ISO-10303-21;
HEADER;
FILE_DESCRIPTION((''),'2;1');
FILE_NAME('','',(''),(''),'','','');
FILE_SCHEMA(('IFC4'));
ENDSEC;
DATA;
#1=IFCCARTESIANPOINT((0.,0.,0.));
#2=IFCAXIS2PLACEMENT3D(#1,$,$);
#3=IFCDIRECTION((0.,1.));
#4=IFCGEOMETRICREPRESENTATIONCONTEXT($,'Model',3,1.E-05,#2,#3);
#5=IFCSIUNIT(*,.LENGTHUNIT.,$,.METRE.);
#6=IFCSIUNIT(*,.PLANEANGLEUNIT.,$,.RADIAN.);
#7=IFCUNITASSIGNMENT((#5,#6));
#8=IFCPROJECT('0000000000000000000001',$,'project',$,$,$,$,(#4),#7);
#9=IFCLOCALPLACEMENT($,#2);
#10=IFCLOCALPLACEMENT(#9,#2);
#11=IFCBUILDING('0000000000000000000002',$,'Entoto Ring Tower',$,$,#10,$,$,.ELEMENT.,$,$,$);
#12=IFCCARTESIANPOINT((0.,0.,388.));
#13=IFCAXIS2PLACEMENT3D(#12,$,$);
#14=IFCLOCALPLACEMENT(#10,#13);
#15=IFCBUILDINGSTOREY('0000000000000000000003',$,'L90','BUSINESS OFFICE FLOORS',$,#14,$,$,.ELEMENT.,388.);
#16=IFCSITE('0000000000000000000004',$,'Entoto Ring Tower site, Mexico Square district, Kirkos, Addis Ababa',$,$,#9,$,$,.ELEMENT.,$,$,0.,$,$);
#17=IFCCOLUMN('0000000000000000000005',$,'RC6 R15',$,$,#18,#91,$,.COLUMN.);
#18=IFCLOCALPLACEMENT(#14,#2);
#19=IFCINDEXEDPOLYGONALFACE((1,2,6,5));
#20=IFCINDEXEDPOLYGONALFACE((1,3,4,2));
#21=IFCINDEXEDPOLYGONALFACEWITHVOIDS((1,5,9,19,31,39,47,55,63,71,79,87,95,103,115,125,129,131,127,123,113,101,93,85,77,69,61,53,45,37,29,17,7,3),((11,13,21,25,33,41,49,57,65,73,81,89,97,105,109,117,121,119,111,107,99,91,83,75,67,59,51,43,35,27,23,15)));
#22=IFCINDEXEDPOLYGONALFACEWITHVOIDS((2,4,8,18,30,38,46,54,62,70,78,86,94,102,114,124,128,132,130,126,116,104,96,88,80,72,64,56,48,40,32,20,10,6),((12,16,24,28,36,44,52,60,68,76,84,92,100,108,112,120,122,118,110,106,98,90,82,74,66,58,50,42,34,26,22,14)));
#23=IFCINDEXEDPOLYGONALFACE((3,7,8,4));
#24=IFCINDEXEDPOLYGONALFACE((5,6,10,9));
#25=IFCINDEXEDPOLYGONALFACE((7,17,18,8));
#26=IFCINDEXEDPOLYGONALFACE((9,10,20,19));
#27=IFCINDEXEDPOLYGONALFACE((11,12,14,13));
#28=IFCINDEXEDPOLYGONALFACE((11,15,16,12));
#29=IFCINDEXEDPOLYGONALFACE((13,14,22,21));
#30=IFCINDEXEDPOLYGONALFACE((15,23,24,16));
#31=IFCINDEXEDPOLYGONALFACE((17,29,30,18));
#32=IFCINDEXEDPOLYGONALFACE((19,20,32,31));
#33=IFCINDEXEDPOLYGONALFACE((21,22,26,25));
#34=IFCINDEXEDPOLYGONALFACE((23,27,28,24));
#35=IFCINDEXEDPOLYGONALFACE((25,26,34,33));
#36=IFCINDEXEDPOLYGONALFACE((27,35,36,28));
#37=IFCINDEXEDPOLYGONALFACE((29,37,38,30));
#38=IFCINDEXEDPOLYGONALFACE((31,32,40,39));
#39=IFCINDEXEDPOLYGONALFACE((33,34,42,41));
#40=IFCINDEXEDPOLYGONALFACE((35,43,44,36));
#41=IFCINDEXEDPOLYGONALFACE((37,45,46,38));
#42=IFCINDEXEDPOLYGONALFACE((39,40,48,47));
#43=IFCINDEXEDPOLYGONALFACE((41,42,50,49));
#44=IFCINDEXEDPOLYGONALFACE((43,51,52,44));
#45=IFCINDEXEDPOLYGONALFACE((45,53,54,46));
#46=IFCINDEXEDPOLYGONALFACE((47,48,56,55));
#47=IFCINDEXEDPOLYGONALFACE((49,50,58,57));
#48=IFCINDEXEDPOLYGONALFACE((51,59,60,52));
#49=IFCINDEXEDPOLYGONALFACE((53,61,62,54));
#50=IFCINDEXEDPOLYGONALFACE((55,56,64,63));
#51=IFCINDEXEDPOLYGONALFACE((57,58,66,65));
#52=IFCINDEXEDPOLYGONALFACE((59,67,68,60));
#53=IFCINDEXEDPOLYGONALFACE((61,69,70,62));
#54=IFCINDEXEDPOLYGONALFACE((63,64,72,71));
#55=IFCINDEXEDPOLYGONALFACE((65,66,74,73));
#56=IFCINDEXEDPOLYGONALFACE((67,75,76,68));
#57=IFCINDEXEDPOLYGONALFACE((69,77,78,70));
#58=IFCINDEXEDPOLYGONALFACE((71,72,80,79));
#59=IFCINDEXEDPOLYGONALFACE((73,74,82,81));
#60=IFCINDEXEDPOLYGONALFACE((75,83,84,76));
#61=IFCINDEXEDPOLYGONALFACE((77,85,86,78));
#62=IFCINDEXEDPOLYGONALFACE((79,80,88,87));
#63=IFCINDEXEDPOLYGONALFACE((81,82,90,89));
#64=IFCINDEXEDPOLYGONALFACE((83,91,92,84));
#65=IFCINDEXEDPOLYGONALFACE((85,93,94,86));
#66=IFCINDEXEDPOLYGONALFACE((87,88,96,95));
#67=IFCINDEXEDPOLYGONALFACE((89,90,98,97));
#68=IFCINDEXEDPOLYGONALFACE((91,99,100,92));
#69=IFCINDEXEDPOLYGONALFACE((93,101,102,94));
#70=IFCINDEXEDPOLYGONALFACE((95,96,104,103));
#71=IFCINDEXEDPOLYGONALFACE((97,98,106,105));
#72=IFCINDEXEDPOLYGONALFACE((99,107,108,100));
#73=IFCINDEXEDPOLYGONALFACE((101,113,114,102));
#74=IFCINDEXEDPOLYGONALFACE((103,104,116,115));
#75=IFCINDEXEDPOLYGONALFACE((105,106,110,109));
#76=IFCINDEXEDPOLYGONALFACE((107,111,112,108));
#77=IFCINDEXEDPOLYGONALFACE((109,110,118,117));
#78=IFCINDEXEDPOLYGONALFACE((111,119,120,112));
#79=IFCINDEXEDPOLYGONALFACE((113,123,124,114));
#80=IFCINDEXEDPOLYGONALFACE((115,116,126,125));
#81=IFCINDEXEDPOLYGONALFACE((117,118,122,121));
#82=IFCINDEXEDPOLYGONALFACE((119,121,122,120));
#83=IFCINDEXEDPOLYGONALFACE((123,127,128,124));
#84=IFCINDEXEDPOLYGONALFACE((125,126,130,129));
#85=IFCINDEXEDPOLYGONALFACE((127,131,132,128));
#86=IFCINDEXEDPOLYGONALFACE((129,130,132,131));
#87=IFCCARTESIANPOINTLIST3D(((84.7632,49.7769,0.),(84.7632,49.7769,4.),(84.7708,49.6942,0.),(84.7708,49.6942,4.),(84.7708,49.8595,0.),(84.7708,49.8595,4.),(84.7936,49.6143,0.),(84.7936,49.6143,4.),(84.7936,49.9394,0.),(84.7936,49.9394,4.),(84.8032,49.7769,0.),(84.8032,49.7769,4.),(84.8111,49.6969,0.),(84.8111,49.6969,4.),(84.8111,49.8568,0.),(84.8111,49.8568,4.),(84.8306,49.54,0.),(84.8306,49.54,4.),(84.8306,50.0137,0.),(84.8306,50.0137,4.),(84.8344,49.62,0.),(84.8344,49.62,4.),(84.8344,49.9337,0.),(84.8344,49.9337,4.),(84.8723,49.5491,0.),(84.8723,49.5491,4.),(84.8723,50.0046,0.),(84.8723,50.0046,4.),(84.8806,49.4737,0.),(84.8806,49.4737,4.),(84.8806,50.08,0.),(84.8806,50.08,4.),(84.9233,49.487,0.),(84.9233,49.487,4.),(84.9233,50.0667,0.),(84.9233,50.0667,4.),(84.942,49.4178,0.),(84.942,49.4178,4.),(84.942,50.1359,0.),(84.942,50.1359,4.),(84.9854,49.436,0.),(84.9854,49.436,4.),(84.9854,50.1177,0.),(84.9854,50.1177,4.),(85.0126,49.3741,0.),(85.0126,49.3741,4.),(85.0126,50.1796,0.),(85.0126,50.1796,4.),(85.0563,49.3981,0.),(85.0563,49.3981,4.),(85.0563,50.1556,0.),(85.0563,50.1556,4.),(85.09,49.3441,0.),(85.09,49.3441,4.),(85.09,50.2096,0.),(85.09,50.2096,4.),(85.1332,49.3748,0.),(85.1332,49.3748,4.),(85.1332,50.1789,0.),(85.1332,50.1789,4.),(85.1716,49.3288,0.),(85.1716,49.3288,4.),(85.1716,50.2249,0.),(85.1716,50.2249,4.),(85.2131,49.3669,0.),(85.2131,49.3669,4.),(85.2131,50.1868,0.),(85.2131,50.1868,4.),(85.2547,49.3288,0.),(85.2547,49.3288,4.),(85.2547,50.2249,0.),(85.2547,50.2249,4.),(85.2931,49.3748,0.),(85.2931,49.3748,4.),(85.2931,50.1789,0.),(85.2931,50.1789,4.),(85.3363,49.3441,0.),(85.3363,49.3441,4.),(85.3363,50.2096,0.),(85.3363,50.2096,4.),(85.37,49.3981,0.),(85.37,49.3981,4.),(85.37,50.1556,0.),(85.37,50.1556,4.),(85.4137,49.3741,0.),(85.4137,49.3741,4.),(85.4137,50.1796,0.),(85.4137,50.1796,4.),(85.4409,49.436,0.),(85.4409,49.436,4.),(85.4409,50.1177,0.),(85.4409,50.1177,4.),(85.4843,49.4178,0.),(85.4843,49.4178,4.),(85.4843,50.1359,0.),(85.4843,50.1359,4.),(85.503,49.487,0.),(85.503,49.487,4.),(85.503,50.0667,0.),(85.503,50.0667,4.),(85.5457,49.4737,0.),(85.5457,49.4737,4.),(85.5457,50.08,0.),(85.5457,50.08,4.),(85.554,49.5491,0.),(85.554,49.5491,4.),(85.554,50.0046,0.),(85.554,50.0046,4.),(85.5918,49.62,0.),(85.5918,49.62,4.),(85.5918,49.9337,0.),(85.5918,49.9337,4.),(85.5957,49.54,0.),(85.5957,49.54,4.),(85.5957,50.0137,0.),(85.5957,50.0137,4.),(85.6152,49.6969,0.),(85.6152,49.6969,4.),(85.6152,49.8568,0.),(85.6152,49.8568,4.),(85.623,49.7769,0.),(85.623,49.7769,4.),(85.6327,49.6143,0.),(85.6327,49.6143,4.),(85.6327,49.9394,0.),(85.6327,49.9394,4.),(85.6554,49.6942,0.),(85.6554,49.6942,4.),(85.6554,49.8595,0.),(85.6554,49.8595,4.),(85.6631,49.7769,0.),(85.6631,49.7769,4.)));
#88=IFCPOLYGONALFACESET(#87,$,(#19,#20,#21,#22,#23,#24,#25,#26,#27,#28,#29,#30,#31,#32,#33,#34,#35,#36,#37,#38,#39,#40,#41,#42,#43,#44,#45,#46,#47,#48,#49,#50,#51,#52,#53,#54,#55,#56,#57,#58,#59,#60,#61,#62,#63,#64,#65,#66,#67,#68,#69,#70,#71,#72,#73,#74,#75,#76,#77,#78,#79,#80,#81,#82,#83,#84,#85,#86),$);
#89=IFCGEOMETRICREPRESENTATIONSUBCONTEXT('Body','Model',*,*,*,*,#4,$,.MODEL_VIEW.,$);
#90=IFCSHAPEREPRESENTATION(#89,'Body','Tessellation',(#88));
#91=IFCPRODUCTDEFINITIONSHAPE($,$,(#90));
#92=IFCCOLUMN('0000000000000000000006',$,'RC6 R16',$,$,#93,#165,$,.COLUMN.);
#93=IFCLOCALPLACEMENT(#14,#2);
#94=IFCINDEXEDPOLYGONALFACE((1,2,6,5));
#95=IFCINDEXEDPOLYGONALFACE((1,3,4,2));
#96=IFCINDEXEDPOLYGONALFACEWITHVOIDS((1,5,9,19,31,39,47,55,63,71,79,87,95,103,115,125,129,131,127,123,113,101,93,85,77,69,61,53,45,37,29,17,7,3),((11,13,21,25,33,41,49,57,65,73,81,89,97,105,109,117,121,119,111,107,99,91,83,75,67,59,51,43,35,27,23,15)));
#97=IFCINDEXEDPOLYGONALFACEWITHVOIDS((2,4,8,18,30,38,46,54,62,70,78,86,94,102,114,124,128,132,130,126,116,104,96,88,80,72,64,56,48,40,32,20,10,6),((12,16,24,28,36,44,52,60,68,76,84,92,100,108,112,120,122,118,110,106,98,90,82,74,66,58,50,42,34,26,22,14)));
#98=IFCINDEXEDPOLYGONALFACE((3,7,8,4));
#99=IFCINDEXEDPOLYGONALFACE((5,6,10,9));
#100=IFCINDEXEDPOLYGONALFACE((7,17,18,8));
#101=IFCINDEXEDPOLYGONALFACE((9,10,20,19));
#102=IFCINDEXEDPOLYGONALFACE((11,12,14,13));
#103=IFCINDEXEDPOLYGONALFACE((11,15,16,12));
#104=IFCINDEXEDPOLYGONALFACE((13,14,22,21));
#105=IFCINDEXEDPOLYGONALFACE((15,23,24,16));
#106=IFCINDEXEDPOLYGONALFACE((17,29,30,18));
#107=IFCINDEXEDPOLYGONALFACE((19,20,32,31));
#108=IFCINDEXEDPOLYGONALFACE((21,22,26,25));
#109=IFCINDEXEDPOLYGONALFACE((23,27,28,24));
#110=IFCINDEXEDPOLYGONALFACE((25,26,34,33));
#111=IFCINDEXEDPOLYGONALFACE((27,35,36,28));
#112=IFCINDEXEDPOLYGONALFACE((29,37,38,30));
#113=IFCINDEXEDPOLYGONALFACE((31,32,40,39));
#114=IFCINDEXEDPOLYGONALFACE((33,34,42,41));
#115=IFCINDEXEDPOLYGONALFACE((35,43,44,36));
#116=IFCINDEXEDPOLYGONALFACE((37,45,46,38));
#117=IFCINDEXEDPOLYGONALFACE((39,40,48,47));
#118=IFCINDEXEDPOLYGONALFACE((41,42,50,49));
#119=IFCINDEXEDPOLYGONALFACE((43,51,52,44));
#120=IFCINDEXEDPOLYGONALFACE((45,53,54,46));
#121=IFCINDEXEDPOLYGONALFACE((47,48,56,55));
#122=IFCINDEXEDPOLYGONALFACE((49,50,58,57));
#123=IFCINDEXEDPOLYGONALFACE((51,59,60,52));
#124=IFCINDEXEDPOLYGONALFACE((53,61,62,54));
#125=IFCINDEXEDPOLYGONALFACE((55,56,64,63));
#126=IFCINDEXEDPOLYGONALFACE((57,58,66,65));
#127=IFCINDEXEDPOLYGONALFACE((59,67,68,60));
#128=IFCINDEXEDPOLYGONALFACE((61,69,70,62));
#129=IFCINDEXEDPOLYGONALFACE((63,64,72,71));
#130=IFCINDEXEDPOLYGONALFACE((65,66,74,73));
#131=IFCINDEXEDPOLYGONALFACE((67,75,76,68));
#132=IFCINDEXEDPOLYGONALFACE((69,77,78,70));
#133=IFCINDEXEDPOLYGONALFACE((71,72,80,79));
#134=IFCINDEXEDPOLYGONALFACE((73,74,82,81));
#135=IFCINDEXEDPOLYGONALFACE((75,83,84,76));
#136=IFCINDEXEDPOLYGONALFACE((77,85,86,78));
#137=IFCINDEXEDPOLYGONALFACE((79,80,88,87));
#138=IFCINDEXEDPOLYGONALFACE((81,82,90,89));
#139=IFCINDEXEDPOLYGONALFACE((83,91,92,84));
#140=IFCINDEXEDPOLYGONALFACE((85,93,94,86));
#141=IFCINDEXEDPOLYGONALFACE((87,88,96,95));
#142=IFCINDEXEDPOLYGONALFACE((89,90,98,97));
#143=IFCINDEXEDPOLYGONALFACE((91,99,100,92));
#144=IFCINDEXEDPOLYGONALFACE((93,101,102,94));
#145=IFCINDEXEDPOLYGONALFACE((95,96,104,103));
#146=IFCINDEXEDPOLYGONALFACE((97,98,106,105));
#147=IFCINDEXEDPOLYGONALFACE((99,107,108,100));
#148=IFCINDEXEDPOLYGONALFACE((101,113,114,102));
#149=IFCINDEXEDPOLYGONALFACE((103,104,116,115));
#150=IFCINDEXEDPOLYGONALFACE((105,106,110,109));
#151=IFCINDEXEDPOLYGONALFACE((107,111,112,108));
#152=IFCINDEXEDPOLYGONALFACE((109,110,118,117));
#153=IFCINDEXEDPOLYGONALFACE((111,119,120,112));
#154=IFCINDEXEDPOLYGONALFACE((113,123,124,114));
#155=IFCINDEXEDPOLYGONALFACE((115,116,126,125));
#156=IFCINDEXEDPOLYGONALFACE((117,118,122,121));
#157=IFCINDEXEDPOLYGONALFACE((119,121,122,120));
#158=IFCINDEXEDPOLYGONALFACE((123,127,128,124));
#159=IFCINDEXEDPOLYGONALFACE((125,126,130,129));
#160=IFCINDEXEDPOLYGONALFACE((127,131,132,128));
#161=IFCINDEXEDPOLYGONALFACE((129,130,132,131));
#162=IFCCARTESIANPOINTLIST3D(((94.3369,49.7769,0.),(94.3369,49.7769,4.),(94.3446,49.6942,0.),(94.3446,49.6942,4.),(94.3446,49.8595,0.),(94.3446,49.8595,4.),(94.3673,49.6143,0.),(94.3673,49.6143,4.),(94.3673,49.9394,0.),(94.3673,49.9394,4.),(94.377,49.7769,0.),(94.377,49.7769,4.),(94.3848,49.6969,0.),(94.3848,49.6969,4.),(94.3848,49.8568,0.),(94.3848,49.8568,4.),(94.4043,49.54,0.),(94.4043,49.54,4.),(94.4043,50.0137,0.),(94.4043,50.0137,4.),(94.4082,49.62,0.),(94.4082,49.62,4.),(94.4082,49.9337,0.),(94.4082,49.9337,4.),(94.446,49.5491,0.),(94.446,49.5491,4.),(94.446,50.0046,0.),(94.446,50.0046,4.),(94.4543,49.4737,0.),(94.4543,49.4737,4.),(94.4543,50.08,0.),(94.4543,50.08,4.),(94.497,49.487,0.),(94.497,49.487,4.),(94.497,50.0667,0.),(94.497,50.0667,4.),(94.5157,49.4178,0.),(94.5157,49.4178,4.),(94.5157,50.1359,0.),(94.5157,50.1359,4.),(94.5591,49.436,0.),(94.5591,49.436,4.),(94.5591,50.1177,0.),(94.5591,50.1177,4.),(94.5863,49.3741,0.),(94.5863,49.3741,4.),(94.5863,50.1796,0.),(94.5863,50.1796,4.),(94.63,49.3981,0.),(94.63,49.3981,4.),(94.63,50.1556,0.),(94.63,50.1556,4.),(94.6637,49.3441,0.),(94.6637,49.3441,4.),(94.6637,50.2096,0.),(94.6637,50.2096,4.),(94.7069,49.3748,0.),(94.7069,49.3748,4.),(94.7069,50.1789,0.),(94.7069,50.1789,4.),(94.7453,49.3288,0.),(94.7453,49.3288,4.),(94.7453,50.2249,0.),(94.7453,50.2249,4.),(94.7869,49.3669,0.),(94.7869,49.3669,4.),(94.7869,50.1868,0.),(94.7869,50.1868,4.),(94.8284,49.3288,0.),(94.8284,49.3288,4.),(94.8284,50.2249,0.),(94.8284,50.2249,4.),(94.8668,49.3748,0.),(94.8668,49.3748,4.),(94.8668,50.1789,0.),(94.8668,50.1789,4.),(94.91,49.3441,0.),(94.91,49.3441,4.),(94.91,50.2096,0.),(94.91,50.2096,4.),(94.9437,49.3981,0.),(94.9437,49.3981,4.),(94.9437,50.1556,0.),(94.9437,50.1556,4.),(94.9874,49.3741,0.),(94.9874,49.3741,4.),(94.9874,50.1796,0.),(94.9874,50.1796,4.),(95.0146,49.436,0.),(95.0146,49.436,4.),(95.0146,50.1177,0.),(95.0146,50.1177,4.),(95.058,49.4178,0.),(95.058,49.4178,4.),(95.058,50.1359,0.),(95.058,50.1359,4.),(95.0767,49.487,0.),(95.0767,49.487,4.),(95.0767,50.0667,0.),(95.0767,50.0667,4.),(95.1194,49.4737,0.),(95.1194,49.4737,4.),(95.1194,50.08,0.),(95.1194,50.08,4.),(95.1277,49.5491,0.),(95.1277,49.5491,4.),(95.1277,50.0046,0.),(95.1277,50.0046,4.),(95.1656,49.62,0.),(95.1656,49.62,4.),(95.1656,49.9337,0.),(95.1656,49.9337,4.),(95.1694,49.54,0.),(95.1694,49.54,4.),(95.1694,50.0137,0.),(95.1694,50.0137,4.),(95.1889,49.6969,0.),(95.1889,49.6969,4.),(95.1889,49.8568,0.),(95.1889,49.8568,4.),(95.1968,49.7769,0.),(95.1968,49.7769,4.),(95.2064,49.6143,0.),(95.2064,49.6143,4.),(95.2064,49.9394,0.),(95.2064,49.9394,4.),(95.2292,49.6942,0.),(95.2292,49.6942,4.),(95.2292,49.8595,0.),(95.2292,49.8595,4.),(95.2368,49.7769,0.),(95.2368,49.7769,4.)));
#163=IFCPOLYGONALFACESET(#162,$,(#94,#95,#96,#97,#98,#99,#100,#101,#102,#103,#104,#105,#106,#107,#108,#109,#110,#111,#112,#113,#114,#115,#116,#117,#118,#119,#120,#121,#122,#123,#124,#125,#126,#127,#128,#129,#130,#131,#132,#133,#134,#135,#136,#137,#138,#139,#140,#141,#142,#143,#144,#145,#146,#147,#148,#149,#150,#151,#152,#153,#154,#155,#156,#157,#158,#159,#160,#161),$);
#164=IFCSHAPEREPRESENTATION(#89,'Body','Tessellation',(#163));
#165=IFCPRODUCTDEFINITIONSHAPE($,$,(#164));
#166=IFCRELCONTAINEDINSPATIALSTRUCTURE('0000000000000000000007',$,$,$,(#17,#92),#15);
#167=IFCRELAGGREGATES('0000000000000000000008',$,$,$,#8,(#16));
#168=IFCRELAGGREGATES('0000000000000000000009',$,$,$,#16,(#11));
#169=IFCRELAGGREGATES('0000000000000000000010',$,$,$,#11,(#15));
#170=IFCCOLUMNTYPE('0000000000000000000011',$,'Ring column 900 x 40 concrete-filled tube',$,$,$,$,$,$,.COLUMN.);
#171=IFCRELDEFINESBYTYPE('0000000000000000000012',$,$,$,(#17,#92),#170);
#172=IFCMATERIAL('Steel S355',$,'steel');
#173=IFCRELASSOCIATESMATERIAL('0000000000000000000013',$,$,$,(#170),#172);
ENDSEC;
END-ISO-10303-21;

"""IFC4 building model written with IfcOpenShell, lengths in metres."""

from ifc_helpers import new_model, si_unit, direction, frame, origin, origin_2d, place, context, subcontext, project, spatial, circle, hollow_circle, extrude, material, material_profile, profile_set, type_object, element, save


model = new_model("IFC4")

# Units and contexts
model_context = context("Model", 3, precision=1e-05, world=origin(), true_north=direction((0.0, 1.0)))
body_context = subcontext(model_context, "Body", "Model", "MODEL_VIEW")
ifc_project = project(units=[si_unit("LENGTHUNIT", "METRE"), si_unit("PLANEANGLEUNIT", "RADIAN")], contexts=[model_context])

# Site, building, storey
site_placement = place(None, origin())
site = spatial("IfcSite", under=ifc_project, at=site_placement, Name="Entoto Ring Tower site, Mexico Square district, Kirkos, Addis Ababa", CompositionType="ELEMENT", RefElevation=0.0)
building_placement = place(site_placement, origin())
building = spatial("IfcBuilding", under=site, at=building_placement, Name="Entoto Ring Tower", CompositionType="ELEMENT")
storey_placement = place(building_placement, frame((0.0, 0.0, 388.0)))
storey = spatial("IfcBuildingStorey", under=building, at=storey_placement, Name="L90", Description="BUSINESS OFFICE FLOORS", CompositionType="ELEMENT", Elevation=388.0)

# Columns
ifc_material_1 = material(Name="Steel S355", Category="steel")
ifc_material_profile_1 = material_profile(ifc_material_1, hollow_circle(Radius=0.45, WallThickness=0.04, at=origin_2d()), Name="CHS 900 x 40")
ifc_material_2 = material(Name="Concrete C60/75", Category="concrete")
ifc_material_profile_2 = material_profile(ifc_material_2, circle(Radius=0.4099, at=origin_2d()), Name="Concrete C60/75 infill")
ifc_profile_set_1 = profile_set([ifc_material_profile_1, ifc_material_profile_2], Name="Steel S355")
column_type = type_object("IfcColumnType", Name="Ring column 900 x 40 concrete-filled tube", PredefinedType="COLUMN", material=ifc_profile_set_1)
for number, where, z_axis, x_axis, name in (
    (1, (85.2131, 49.7769, 0.0), (0.0, 0.0, 1.0), (1.0, 0.0, 0.0), "RC6 R15"),
    (2, (94.7869, 49.7769, 0.0), (0.0, 0.0, 1.0), (1.0, 0.0, 0.0), "RC6 R16"),
):
    element("IfcColumn", number, at=place(storey_placement, frame(where, z_axis=z_axis, x_axis=x_axis)), inside=storey, type_object=column_type, Name=name, PredefinedType="COLUMN", context=body_context, shape_type="SweptSolid", body=[
        extrude(hollow_circle(Radius=0.45, WallThickness=0.04, at=origin_2d()), origin(), (0.0, 0.0, 1.0), 4.0),
    ])

save(model, "model.ifc")
